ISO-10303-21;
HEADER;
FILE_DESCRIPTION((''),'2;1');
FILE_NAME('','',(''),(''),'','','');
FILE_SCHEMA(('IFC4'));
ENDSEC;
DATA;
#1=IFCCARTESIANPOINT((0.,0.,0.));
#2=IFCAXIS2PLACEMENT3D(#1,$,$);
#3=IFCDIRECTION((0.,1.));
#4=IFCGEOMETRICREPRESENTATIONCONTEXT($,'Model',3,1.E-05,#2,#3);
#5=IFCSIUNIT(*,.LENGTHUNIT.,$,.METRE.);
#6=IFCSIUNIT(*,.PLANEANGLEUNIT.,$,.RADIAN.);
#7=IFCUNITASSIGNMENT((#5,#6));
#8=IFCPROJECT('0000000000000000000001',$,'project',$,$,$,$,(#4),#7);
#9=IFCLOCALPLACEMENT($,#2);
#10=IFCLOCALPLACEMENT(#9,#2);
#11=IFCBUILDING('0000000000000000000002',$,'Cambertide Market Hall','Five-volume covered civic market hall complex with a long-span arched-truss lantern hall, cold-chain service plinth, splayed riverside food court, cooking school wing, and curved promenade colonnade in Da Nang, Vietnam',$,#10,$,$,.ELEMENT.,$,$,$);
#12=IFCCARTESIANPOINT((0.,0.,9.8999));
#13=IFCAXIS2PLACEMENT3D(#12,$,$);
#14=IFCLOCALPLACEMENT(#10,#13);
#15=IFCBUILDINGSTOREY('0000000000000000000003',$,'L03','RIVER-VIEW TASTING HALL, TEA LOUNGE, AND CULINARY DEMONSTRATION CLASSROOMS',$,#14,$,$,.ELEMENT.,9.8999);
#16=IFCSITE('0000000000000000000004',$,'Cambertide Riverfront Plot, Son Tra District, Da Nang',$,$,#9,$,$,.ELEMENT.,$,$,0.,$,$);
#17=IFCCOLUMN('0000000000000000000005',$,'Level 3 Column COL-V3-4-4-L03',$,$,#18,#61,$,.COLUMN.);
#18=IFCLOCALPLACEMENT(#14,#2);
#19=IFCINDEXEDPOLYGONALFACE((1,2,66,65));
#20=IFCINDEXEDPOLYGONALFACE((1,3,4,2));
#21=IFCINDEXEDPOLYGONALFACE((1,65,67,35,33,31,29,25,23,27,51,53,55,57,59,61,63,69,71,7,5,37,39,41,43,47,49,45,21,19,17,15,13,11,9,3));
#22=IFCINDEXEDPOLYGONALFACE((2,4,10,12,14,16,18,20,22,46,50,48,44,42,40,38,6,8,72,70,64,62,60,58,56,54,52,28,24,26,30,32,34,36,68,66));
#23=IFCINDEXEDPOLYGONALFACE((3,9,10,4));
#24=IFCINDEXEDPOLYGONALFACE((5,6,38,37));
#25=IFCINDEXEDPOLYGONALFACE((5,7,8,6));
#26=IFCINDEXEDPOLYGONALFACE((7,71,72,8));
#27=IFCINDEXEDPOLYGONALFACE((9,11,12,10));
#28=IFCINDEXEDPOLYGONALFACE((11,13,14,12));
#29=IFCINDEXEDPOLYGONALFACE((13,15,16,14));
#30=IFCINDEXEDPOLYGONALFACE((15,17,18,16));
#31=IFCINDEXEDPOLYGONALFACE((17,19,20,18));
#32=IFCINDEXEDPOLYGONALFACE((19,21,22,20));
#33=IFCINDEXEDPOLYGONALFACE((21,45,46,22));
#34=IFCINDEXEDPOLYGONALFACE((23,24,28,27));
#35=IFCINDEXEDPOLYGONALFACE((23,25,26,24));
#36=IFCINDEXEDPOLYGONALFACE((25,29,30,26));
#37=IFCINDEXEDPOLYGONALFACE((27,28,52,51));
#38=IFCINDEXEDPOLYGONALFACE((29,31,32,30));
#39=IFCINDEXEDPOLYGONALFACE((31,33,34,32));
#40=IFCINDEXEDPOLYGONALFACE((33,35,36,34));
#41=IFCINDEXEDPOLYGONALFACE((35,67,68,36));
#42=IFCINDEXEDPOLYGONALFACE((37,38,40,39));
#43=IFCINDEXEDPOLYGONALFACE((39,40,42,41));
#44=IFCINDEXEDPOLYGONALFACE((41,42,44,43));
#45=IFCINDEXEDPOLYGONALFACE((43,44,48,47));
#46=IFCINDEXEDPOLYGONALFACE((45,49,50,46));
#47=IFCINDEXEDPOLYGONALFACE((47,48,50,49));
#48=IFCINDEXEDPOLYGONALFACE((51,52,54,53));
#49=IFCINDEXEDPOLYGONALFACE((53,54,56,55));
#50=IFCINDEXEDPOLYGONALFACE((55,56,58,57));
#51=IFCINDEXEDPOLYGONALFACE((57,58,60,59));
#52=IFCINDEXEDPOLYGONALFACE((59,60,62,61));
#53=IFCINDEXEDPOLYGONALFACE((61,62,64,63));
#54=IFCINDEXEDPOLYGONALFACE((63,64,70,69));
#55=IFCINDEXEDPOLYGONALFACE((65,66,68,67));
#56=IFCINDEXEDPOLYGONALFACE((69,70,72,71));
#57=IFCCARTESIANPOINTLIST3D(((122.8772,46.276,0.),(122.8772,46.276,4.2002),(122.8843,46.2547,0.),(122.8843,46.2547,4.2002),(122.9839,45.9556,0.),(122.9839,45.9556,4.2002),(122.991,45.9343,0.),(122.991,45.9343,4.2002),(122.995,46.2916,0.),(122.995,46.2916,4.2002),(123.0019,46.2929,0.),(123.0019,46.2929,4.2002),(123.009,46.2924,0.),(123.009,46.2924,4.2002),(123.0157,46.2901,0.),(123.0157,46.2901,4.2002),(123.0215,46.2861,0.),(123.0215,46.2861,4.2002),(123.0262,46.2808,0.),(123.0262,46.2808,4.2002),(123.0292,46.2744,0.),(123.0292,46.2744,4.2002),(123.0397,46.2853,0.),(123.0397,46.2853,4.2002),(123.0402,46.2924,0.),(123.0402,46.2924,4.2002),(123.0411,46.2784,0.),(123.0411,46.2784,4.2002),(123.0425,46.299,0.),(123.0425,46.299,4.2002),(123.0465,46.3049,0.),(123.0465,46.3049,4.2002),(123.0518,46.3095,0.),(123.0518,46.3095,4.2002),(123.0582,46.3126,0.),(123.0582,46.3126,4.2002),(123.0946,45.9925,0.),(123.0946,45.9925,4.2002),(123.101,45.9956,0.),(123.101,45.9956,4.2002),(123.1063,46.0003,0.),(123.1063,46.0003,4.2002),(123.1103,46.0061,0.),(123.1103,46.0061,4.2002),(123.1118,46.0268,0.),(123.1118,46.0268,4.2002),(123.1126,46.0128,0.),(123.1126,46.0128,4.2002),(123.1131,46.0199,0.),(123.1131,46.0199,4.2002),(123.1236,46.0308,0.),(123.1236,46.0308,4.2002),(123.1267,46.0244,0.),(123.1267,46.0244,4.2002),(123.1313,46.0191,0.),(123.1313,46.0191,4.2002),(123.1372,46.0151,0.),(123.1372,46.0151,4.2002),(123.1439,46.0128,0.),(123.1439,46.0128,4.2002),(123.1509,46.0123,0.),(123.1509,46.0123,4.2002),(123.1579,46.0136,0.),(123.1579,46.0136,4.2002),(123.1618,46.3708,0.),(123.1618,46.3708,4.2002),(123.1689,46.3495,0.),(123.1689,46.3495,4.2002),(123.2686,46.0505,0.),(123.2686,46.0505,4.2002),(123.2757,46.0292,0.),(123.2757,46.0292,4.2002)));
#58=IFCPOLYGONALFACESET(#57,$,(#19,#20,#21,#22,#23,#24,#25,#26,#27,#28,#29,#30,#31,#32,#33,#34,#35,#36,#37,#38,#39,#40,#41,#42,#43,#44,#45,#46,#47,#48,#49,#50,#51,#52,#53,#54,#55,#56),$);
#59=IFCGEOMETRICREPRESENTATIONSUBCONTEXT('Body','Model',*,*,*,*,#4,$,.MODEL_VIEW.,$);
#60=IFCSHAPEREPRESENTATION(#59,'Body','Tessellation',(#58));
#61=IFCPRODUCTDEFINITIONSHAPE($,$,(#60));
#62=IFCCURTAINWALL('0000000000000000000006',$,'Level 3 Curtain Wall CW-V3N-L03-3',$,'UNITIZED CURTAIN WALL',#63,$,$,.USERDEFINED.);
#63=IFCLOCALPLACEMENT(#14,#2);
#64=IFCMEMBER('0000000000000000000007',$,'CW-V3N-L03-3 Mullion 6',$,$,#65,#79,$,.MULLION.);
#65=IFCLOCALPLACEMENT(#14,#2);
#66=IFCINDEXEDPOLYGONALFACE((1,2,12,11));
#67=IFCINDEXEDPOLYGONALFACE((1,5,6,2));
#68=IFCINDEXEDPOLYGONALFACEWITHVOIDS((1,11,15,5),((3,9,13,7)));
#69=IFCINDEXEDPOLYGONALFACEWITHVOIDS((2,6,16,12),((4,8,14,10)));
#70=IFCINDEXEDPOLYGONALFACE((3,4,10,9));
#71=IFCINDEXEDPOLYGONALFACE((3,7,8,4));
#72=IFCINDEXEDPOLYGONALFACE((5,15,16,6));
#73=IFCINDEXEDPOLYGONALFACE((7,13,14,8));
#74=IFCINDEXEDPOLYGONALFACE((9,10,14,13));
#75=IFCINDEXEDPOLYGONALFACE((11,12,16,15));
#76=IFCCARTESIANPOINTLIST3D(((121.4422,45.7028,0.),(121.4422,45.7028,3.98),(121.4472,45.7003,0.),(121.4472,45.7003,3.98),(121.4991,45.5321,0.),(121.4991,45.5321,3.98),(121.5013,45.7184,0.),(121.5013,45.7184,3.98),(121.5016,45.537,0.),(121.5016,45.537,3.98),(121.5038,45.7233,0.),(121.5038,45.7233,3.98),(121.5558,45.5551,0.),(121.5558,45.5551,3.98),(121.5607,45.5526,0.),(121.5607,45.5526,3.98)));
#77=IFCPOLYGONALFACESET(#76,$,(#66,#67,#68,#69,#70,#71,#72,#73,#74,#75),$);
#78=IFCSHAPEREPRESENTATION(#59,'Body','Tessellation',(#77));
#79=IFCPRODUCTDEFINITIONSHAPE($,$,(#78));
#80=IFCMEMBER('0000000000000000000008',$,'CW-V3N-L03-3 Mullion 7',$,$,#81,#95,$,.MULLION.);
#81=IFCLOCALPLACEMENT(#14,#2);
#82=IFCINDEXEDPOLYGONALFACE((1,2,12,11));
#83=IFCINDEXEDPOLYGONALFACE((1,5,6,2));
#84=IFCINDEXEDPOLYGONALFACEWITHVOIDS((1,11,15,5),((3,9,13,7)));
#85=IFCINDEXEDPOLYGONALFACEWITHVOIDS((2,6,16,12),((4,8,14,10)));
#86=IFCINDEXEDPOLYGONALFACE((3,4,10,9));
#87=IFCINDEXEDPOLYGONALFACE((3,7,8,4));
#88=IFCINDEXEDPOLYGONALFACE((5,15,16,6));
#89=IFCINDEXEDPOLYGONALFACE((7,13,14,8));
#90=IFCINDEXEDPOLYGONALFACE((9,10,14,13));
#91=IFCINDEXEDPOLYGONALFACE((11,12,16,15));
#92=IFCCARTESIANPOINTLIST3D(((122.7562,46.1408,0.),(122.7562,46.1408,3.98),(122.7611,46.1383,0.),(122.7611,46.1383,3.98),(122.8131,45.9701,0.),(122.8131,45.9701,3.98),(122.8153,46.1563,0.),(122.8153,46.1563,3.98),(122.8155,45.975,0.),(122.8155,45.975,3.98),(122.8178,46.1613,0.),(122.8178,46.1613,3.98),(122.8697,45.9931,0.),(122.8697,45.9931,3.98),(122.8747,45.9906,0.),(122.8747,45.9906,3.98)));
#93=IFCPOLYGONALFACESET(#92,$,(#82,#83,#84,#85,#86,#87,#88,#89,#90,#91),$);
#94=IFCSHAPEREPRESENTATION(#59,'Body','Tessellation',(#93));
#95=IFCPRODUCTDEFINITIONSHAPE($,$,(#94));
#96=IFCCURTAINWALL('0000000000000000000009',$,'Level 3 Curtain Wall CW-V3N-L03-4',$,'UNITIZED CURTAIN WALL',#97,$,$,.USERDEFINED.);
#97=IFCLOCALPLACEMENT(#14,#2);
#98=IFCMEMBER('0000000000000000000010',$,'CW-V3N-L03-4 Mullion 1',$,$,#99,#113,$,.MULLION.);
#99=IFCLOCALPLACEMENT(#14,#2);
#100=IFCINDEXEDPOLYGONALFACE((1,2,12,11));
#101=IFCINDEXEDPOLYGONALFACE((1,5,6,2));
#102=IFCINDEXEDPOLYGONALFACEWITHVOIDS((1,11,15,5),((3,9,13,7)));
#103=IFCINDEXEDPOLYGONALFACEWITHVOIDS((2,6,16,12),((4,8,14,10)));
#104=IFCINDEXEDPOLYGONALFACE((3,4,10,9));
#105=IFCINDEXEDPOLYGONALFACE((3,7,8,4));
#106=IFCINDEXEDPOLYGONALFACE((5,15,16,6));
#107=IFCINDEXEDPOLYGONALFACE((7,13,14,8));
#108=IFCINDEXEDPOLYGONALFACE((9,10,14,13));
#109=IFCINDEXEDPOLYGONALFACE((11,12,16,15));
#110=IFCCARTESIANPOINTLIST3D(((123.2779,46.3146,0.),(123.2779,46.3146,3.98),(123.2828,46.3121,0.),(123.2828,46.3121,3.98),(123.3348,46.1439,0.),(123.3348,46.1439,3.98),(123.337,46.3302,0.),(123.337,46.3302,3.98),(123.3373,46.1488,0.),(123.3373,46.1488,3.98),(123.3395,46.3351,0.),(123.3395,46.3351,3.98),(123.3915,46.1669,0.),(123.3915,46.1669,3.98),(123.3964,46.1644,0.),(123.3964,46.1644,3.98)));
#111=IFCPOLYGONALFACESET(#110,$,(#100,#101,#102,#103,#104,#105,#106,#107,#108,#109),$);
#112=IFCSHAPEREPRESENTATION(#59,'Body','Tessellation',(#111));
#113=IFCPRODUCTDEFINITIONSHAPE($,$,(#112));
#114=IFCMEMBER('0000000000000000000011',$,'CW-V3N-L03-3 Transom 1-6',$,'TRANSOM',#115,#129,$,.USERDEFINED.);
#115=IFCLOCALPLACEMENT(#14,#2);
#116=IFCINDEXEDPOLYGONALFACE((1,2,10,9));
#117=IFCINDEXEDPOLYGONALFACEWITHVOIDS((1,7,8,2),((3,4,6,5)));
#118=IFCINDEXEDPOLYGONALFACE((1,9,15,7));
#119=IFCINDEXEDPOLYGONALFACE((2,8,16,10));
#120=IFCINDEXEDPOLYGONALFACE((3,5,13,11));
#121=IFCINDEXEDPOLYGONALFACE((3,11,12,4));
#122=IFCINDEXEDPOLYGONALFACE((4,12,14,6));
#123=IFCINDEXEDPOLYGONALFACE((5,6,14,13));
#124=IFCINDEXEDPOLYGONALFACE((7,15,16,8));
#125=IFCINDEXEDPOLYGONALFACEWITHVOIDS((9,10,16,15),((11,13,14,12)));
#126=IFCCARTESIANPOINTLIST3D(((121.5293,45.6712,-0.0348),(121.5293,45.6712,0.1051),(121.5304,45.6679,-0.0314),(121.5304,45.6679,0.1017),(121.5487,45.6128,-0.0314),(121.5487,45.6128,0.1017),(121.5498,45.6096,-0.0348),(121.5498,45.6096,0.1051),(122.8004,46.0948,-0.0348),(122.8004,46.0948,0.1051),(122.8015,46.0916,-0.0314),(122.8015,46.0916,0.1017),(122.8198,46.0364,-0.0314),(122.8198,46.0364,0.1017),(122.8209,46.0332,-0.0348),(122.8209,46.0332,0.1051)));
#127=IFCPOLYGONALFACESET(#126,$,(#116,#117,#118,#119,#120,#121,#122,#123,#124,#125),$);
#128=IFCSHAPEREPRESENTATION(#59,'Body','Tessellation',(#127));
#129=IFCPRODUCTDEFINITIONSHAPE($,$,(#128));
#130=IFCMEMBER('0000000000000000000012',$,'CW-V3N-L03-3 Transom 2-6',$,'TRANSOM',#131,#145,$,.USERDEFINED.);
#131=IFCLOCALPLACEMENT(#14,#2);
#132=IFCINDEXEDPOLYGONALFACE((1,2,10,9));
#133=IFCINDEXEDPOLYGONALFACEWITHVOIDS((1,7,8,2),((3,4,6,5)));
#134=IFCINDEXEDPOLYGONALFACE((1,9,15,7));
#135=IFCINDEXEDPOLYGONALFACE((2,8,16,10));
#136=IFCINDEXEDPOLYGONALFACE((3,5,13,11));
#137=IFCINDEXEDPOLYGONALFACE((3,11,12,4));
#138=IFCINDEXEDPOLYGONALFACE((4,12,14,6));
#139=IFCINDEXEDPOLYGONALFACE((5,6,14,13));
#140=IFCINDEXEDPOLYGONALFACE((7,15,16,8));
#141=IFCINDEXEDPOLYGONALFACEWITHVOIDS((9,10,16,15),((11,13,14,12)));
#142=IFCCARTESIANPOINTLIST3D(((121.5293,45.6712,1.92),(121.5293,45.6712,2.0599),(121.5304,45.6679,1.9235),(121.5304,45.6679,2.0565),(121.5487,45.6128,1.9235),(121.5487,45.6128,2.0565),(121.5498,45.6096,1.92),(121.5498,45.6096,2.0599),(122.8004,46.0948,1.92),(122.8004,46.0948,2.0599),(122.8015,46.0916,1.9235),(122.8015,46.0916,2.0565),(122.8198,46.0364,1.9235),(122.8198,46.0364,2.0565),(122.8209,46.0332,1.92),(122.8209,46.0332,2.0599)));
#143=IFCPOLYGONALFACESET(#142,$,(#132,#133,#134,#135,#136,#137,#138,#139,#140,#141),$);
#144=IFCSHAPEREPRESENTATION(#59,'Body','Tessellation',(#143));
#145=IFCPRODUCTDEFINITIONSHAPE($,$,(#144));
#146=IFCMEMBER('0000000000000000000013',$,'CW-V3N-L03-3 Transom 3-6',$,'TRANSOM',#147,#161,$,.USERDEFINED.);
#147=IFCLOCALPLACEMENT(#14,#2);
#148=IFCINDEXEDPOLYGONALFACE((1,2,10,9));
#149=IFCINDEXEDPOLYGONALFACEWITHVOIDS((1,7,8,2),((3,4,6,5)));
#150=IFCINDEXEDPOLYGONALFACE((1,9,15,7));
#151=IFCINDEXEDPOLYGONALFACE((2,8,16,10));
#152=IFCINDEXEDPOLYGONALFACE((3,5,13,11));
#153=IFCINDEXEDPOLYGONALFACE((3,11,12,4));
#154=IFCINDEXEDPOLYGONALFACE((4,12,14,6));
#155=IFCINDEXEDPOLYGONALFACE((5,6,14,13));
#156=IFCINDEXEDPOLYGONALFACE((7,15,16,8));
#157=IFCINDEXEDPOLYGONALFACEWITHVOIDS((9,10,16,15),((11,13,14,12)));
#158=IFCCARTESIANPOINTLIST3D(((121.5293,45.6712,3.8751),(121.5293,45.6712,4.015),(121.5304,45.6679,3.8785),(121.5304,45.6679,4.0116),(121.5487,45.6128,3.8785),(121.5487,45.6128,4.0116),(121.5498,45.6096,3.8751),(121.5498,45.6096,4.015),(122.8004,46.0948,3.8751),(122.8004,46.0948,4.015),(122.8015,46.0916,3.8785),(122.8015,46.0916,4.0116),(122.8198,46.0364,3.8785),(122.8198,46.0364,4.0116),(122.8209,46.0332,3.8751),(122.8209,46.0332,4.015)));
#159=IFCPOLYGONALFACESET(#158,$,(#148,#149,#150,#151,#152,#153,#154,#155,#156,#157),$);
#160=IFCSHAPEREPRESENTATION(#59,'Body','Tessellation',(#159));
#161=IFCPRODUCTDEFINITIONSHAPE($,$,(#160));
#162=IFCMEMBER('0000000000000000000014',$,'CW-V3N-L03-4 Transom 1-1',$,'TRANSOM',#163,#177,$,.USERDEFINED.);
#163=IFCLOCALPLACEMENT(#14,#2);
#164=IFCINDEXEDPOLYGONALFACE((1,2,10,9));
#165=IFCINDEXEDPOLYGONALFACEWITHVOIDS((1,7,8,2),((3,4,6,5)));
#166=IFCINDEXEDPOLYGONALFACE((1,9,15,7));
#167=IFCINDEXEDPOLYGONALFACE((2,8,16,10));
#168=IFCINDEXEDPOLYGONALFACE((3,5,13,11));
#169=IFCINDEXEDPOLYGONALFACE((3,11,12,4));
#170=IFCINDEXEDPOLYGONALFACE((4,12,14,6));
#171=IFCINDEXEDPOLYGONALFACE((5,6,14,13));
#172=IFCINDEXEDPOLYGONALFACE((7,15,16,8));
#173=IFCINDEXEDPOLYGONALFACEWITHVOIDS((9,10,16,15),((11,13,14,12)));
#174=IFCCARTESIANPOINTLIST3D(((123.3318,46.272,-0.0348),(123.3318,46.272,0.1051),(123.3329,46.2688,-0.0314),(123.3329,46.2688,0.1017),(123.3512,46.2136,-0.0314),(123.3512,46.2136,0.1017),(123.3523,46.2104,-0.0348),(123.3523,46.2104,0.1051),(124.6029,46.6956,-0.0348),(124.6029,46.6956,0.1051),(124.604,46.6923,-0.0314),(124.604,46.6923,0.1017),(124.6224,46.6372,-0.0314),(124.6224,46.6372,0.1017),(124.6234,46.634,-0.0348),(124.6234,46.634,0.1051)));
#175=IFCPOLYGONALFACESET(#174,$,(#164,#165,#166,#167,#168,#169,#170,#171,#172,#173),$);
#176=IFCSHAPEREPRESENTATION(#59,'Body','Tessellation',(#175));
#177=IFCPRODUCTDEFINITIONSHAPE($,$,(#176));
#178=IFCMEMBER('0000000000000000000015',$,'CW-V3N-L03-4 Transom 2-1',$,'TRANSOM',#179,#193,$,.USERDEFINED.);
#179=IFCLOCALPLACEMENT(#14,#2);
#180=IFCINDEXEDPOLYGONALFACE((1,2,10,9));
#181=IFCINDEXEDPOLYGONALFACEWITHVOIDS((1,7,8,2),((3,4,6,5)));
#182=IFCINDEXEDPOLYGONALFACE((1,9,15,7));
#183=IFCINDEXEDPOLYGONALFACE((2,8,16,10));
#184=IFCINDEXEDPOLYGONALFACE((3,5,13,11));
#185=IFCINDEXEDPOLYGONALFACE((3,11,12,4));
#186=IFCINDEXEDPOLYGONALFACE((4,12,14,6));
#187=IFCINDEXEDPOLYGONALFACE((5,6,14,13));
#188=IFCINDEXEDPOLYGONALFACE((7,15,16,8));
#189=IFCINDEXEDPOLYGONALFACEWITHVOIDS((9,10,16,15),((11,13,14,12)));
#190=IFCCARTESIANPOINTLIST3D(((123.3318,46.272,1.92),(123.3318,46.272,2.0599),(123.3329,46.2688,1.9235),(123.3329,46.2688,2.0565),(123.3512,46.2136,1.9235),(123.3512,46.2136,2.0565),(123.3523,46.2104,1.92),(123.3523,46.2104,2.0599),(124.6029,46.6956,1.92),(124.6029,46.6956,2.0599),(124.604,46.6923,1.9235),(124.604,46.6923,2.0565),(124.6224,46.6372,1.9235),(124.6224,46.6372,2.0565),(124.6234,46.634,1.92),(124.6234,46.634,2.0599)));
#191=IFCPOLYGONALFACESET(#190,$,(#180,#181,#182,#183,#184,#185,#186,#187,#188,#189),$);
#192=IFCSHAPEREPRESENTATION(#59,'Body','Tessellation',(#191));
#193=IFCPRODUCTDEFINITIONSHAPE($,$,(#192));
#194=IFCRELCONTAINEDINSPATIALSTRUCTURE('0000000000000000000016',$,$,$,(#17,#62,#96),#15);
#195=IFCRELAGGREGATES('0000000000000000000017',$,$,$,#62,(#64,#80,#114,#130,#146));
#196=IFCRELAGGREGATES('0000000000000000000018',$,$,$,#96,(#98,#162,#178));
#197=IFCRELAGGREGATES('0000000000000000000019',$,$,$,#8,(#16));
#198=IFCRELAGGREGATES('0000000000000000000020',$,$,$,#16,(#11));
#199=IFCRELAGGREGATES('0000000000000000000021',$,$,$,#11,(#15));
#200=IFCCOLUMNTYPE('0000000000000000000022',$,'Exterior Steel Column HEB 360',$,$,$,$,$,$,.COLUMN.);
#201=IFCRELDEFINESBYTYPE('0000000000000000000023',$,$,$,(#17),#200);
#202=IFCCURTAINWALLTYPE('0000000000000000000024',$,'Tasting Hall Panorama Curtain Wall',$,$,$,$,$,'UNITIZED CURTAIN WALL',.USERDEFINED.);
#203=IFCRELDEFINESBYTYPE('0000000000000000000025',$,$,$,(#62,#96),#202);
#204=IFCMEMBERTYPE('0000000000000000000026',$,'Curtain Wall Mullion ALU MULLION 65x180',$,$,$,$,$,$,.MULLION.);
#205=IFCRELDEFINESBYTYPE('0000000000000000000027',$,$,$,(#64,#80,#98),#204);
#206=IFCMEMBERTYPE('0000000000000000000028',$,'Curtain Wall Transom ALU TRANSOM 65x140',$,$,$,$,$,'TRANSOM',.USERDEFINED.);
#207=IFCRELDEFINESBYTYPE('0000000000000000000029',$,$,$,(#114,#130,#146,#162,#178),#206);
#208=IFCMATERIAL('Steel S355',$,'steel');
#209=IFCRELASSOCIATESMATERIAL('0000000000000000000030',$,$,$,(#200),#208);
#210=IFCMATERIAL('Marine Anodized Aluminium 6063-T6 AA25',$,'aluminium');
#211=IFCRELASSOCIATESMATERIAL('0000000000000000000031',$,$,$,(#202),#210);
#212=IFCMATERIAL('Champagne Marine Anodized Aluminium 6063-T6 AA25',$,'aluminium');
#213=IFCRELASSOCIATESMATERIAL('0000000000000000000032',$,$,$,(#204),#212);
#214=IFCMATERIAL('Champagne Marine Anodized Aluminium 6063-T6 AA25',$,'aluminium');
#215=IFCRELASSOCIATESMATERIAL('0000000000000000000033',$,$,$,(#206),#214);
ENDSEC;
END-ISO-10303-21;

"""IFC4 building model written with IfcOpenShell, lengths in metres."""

from ifc_helpers import new_model, si_unit, direction, frame, origin, origin_2d, place, context, subcontext, project, spatial, hollow_rectangle, i_section, extrude, material, material_profile, profile_set, type_object, element, aggregate, save


model = new_model("IFC4")

# Units and contexts
model_context = context("Model", 3, precision=1e-05, world=origin(), true_north=direction((0.0, 1.0)))
body_context = subcontext(model_context, "Body", "Model", "MODEL_VIEW")
ifc_project = project(units=[si_unit("LENGTHUNIT", "METRE"), si_unit("PLANEANGLEUNIT", "RADIAN")], contexts=[model_context])

# Site, building, storey
site_placement = place(None, origin())
site = spatial("IfcSite", under=ifc_project, at=site_placement, Name="Cambertide Riverfront Plot, Son Tra District, Da Nang", CompositionType="ELEMENT", RefElevation=0.0)
building_placement = place(site_placement, origin())
building = spatial("IfcBuilding", under=site, at=building_placement, Name="Cambertide Market Hall", Description="Five-volume covered civic market hall complex with a long-span arched-truss lantern hall, cold-chain service plinth, splayed riverside food court, cooking school wing, and curved promenade colonnade in Da Nang, Vietnam", CompositionType="ELEMENT")
storey_placement = place(building_placement, frame((0.0, 0.0, 9.8999)))
storey = spatial("IfcBuildingStorey", under=building, at=storey_placement, Name="L03", Description="RIVER-VIEW TASTING HALL, TEA LOUNGE, AND CULINARY DEMONSTRATION CLASSROOMS", CompositionType="ELEMENT", Elevation=9.8999)

# Column
ifc_material_1 = material(Name="Steel S355", Category="steel")
ifc_material_profile_1 = material_profile(ifc_material_1, i_section(OverallWidth=0.3, OverallDepth=0.3601, WebThickness=0.0125, FlangeThickness=0.0225, FilletRadius=0.0271, at=origin_2d()), Name="HEB 360")
ifc_profile_set_1 = profile_set([ifc_material_profile_1], Name="Steel S355")
column_type = type_object("IfcColumnType", Name="Exterior Steel Column HEB 360", PredefinedType="COLUMN", material=ifc_profile_set_1)
column_placement = place(storey_placement, frame((123.0764, 46.1526, 0.0), z_axis=(0.0, 0.0, 1.0), x_axis=(0.948683, 0.316228, 0.0)))
element("IfcColumn", 1, at=column_placement, inside=storey, type_object=column_type, Name="Level 3 Column COL-V3-4-4-L03", PredefinedType="COLUMN", context=body_context, shape_type="SweptSolid", body=[
    extrude(i_section(OverallWidth=0.3, OverallDepth=0.3601, WebThickness=0.0125, FlangeThickness=0.0225, FilletRadius=0.0271, at=origin_2d()), origin(), (0.0, 0.0, 1.0), 4.2002),
])

# Curtain wall, members
ifc_material_2 = material(Name="Marine Anodized Aluminium 6063-T6 AA25", Category="aluminium")
curtain_wall_type = type_object("IfcCurtainWallType", Name="Tasting Hall Panorama Curtain Wall", ElementType="UNITIZED CURTAIN WALL", PredefinedType="USERDEFINED", material=ifc_material_2)
curtain_wall_1_placement = place(storey_placement, origin())
curtain_wall_1 = element("IfcCurtainWall", 2, at=curtain_wall_1_placement, inside=storey, type_object=curtain_wall_type, Name="Level 3 Curtain Wall CW-V3N-L03-3", ObjectType="UNITIZED CURTAIN WALL", PredefinedType="USERDEFINED")
ifc_material_3 = material(Name="Champagne Marine Anodized Aluminium 6063-T6 AA25", Category="aluminium")
ifc_material_profile_2 = material_profile(ifc_material_3, hollow_rectangle(XDim=0.0649, YDim=0.1799, WallThickness=0.0039, at=origin_2d()), Name="ALU MULLION 65x180")
ifc_profile_set_2 = profile_set([ifc_material_profile_2], Name="Champagne Marine Anodized Aluminium 6063-T6 AA25")
member_type_1 = type_object("IfcMemberType", Name="Curtain Wall Mullion ALU MULLION 65x180", PredefinedType="MULLION", material=ifc_profile_set_2)
member_1_placement = place(storey_placement, frame((121.5015, 45.6277, 0.0), z_axis=(0.0, 0.0, 1.0), x_axis=(0.948683, 0.316228, 0.0)))
member_1 = element("IfcMember", 3, at=member_1_placement, type_object=member_type_1, Name="CW-V3N-L03-3 Mullion 6", PredefinedType="MULLION", context=body_context, shape_type="SweptSolid", body=[
    extrude(hollow_rectangle(XDim=0.0649, YDim=0.1799, WallThickness=0.0039, at=origin_2d()), origin(), (0.0, 0.0, 1.0), 3.98),
])
member_2_placement = place(storey_placement, frame((122.8154, 46.0657, 0.0), z_axis=(0.0, 0.0, 1.0), x_axis=(0.948683, 0.316228, 0.0)))
member_2 = element("IfcMember", 4, at=member_2_placement, type_object=member_type_1, Name="CW-V3N-L03-3 Mullion 7", PredefinedType="MULLION", context=body_context, shape_type="SweptSolid", body=[
    extrude(hollow_rectangle(XDim=0.0649, YDim=0.1799, WallThickness=0.0039, at=origin_2d()), origin(), (0.0, 0.0, 1.0), 3.98),
])

# Curtain wall, member
curtain_wall_2_placement = place(storey_placement, origin())
curtain_wall_2 = element("IfcCurtainWall", 5, at=curtain_wall_2_placement, inside=storey, type_object=curtain_wall_type, Name="Level 3 Curtain Wall CW-V3N-L03-4", ObjectType="UNITIZED CURTAIN WALL", PredefinedType="USERDEFINED")
member_3_placement = place(storey_placement, frame((123.3372, 46.2395, 0.0), z_axis=(0.0, 0.0, 1.0), x_axis=(0.948683, 0.316228, 0.0)))
member_3 = element("IfcMember", 6, at=member_3_placement, type_object=member_type_1, Name="CW-V3N-L03-4 Mullion 1", PredefinedType="MULLION", context=body_context, shape_type="SweptSolid", body=[
    extrude(hollow_rectangle(XDim=0.0649, YDim=0.1799, WallThickness=0.0039, at=origin_2d()), origin(), (0.0, 0.0, 1.0), 3.98),
])

# Members
ifc_material_4 = material(Name="Champagne Marine Anodized Aluminium 6063-T6 AA25", Category="aluminium")
ifc_material_profile_3 = material_profile(ifc_material_4, hollow_rectangle(XDim=0.0649, YDim=0.1399, WallThickness=0.0034, at=origin_2d()), Name="ALU TRANSOM 65x140")
ifc_profile_set_3 = profile_set([ifc_material_profile_3], Name="Champagne Marine Anodized Aluminium 6063-T6 AA25")
member_type_2 = type_object("IfcMemberType", Name="Curtain Wall Transom ALU TRANSOM 65x140", ElementType="TRANSOM", PredefinedType="USERDEFINED", material=ifc_profile_set_3)
member_4_placement = place(storey_placement, frame((121.5396, 45.6404, 0.0352), z_axis=(0.948702, 0.316173, 0.0), x_axis=(-0.316173, 0.948702, 0.0)))
member_4 = element("IfcMember", 7, at=member_4_placement, type_object=member_type_2, Name="CW-V3N-L03-3 Transom 1-6", ObjectType="TRANSOM", PredefinedType="USERDEFINED", context=body_context, shape_type="SweptSolid", body=[
    extrude(hollow_rectangle(XDim=0.0649, YDim=0.1399, WallThickness=0.0034, at=origin_2d()), origin(), (0.0, 0.0, 1.0), 1.3398),
])
member_5_placement = place(storey_placement, frame((121.5396, 45.6404, 1.99), z_axis=(0.948702, 0.316173, 0.0), x_axis=(-0.316173, 0.948702, 0.0)))
member_5 = element("IfcMember", 8, at=member_5_placement, type_object=member_type_2, Name="CW-V3N-L03-3 Transom 2-6", ObjectType="TRANSOM", PredefinedType="USERDEFINED", context=body_context, shape_type="SweptSolid", body=[
    extrude(hollow_rectangle(XDim=0.0649, YDim=0.1399, WallThickness=0.0034, at=origin_2d()), origin(), (0.0, 0.0, 1.0), 1.3398),
])
member_6_placement = place(storey_placement, frame((121.5396, 45.6404, 3.9451), z_axis=(0.948702, 0.316173, 0.0), x_axis=(-0.316173, 0.948702, 0.0)))
member_6 = element("IfcMember", 9, at=member_6_placement, type_object=member_type_2, Name="CW-V3N-L03-3 Transom 3-6", ObjectType="TRANSOM", PredefinedType="USERDEFINED", context=body_context, shape_type="SweptSolid", body=[
    extrude(hollow_rectangle(XDim=0.0649, YDim=0.1399, WallThickness=0.0034, at=origin_2d()), origin(), (0.0, 0.0, 1.0), 1.3398),
])
member_7_placement = place(storey_placement, frame((123.342, 46.2412, 0.0352), z_axis=(0.94872, 0.316118, 0.0), x_axis=(-0.316118, 0.94872, 0.0)))
member_7 = element("IfcMember", 10, at=member_7_placement, type_object=member_type_2, Name="CW-V3N-L03-4 Transom 1-1", ObjectType="TRANSOM", PredefinedType="USERDEFINED", context=body_context, shape_type="SweptSolid", body=[
    extrude(hollow_rectangle(XDim=0.0649, YDim=0.1399, WallThickness=0.0034, at=origin_2d()), origin(), (0.0, 0.0, 1.0), 1.3398),
])
member_8_placement = place(storey_placement, frame((123.342, 46.2412, 1.99), z_axis=(0.94872, 0.316118, 0.0), x_axis=(-0.316118, 0.94872, 0.0)))
member_8 = element("IfcMember", 11, at=member_8_placement, type_object=member_type_2, Name="CW-V3N-L03-4 Transom 2-1", ObjectType="TRANSOM", PredefinedType="USERDEFINED", context=body_context, shape_type="SweptSolid", body=[
    extrude(hollow_rectangle(XDim=0.0649, YDim=0.1399, WallThickness=0.0034, at=origin_2d()), origin(), (0.0, 0.0, 1.0), 1.3398),
])

aggregate(curtain_wall_1, [member_1, member_2, member_4, member_5, member_6])
aggregate(curtain_wall_2, [member_3, member_7, member_8])

save(model, "model.ifc")
